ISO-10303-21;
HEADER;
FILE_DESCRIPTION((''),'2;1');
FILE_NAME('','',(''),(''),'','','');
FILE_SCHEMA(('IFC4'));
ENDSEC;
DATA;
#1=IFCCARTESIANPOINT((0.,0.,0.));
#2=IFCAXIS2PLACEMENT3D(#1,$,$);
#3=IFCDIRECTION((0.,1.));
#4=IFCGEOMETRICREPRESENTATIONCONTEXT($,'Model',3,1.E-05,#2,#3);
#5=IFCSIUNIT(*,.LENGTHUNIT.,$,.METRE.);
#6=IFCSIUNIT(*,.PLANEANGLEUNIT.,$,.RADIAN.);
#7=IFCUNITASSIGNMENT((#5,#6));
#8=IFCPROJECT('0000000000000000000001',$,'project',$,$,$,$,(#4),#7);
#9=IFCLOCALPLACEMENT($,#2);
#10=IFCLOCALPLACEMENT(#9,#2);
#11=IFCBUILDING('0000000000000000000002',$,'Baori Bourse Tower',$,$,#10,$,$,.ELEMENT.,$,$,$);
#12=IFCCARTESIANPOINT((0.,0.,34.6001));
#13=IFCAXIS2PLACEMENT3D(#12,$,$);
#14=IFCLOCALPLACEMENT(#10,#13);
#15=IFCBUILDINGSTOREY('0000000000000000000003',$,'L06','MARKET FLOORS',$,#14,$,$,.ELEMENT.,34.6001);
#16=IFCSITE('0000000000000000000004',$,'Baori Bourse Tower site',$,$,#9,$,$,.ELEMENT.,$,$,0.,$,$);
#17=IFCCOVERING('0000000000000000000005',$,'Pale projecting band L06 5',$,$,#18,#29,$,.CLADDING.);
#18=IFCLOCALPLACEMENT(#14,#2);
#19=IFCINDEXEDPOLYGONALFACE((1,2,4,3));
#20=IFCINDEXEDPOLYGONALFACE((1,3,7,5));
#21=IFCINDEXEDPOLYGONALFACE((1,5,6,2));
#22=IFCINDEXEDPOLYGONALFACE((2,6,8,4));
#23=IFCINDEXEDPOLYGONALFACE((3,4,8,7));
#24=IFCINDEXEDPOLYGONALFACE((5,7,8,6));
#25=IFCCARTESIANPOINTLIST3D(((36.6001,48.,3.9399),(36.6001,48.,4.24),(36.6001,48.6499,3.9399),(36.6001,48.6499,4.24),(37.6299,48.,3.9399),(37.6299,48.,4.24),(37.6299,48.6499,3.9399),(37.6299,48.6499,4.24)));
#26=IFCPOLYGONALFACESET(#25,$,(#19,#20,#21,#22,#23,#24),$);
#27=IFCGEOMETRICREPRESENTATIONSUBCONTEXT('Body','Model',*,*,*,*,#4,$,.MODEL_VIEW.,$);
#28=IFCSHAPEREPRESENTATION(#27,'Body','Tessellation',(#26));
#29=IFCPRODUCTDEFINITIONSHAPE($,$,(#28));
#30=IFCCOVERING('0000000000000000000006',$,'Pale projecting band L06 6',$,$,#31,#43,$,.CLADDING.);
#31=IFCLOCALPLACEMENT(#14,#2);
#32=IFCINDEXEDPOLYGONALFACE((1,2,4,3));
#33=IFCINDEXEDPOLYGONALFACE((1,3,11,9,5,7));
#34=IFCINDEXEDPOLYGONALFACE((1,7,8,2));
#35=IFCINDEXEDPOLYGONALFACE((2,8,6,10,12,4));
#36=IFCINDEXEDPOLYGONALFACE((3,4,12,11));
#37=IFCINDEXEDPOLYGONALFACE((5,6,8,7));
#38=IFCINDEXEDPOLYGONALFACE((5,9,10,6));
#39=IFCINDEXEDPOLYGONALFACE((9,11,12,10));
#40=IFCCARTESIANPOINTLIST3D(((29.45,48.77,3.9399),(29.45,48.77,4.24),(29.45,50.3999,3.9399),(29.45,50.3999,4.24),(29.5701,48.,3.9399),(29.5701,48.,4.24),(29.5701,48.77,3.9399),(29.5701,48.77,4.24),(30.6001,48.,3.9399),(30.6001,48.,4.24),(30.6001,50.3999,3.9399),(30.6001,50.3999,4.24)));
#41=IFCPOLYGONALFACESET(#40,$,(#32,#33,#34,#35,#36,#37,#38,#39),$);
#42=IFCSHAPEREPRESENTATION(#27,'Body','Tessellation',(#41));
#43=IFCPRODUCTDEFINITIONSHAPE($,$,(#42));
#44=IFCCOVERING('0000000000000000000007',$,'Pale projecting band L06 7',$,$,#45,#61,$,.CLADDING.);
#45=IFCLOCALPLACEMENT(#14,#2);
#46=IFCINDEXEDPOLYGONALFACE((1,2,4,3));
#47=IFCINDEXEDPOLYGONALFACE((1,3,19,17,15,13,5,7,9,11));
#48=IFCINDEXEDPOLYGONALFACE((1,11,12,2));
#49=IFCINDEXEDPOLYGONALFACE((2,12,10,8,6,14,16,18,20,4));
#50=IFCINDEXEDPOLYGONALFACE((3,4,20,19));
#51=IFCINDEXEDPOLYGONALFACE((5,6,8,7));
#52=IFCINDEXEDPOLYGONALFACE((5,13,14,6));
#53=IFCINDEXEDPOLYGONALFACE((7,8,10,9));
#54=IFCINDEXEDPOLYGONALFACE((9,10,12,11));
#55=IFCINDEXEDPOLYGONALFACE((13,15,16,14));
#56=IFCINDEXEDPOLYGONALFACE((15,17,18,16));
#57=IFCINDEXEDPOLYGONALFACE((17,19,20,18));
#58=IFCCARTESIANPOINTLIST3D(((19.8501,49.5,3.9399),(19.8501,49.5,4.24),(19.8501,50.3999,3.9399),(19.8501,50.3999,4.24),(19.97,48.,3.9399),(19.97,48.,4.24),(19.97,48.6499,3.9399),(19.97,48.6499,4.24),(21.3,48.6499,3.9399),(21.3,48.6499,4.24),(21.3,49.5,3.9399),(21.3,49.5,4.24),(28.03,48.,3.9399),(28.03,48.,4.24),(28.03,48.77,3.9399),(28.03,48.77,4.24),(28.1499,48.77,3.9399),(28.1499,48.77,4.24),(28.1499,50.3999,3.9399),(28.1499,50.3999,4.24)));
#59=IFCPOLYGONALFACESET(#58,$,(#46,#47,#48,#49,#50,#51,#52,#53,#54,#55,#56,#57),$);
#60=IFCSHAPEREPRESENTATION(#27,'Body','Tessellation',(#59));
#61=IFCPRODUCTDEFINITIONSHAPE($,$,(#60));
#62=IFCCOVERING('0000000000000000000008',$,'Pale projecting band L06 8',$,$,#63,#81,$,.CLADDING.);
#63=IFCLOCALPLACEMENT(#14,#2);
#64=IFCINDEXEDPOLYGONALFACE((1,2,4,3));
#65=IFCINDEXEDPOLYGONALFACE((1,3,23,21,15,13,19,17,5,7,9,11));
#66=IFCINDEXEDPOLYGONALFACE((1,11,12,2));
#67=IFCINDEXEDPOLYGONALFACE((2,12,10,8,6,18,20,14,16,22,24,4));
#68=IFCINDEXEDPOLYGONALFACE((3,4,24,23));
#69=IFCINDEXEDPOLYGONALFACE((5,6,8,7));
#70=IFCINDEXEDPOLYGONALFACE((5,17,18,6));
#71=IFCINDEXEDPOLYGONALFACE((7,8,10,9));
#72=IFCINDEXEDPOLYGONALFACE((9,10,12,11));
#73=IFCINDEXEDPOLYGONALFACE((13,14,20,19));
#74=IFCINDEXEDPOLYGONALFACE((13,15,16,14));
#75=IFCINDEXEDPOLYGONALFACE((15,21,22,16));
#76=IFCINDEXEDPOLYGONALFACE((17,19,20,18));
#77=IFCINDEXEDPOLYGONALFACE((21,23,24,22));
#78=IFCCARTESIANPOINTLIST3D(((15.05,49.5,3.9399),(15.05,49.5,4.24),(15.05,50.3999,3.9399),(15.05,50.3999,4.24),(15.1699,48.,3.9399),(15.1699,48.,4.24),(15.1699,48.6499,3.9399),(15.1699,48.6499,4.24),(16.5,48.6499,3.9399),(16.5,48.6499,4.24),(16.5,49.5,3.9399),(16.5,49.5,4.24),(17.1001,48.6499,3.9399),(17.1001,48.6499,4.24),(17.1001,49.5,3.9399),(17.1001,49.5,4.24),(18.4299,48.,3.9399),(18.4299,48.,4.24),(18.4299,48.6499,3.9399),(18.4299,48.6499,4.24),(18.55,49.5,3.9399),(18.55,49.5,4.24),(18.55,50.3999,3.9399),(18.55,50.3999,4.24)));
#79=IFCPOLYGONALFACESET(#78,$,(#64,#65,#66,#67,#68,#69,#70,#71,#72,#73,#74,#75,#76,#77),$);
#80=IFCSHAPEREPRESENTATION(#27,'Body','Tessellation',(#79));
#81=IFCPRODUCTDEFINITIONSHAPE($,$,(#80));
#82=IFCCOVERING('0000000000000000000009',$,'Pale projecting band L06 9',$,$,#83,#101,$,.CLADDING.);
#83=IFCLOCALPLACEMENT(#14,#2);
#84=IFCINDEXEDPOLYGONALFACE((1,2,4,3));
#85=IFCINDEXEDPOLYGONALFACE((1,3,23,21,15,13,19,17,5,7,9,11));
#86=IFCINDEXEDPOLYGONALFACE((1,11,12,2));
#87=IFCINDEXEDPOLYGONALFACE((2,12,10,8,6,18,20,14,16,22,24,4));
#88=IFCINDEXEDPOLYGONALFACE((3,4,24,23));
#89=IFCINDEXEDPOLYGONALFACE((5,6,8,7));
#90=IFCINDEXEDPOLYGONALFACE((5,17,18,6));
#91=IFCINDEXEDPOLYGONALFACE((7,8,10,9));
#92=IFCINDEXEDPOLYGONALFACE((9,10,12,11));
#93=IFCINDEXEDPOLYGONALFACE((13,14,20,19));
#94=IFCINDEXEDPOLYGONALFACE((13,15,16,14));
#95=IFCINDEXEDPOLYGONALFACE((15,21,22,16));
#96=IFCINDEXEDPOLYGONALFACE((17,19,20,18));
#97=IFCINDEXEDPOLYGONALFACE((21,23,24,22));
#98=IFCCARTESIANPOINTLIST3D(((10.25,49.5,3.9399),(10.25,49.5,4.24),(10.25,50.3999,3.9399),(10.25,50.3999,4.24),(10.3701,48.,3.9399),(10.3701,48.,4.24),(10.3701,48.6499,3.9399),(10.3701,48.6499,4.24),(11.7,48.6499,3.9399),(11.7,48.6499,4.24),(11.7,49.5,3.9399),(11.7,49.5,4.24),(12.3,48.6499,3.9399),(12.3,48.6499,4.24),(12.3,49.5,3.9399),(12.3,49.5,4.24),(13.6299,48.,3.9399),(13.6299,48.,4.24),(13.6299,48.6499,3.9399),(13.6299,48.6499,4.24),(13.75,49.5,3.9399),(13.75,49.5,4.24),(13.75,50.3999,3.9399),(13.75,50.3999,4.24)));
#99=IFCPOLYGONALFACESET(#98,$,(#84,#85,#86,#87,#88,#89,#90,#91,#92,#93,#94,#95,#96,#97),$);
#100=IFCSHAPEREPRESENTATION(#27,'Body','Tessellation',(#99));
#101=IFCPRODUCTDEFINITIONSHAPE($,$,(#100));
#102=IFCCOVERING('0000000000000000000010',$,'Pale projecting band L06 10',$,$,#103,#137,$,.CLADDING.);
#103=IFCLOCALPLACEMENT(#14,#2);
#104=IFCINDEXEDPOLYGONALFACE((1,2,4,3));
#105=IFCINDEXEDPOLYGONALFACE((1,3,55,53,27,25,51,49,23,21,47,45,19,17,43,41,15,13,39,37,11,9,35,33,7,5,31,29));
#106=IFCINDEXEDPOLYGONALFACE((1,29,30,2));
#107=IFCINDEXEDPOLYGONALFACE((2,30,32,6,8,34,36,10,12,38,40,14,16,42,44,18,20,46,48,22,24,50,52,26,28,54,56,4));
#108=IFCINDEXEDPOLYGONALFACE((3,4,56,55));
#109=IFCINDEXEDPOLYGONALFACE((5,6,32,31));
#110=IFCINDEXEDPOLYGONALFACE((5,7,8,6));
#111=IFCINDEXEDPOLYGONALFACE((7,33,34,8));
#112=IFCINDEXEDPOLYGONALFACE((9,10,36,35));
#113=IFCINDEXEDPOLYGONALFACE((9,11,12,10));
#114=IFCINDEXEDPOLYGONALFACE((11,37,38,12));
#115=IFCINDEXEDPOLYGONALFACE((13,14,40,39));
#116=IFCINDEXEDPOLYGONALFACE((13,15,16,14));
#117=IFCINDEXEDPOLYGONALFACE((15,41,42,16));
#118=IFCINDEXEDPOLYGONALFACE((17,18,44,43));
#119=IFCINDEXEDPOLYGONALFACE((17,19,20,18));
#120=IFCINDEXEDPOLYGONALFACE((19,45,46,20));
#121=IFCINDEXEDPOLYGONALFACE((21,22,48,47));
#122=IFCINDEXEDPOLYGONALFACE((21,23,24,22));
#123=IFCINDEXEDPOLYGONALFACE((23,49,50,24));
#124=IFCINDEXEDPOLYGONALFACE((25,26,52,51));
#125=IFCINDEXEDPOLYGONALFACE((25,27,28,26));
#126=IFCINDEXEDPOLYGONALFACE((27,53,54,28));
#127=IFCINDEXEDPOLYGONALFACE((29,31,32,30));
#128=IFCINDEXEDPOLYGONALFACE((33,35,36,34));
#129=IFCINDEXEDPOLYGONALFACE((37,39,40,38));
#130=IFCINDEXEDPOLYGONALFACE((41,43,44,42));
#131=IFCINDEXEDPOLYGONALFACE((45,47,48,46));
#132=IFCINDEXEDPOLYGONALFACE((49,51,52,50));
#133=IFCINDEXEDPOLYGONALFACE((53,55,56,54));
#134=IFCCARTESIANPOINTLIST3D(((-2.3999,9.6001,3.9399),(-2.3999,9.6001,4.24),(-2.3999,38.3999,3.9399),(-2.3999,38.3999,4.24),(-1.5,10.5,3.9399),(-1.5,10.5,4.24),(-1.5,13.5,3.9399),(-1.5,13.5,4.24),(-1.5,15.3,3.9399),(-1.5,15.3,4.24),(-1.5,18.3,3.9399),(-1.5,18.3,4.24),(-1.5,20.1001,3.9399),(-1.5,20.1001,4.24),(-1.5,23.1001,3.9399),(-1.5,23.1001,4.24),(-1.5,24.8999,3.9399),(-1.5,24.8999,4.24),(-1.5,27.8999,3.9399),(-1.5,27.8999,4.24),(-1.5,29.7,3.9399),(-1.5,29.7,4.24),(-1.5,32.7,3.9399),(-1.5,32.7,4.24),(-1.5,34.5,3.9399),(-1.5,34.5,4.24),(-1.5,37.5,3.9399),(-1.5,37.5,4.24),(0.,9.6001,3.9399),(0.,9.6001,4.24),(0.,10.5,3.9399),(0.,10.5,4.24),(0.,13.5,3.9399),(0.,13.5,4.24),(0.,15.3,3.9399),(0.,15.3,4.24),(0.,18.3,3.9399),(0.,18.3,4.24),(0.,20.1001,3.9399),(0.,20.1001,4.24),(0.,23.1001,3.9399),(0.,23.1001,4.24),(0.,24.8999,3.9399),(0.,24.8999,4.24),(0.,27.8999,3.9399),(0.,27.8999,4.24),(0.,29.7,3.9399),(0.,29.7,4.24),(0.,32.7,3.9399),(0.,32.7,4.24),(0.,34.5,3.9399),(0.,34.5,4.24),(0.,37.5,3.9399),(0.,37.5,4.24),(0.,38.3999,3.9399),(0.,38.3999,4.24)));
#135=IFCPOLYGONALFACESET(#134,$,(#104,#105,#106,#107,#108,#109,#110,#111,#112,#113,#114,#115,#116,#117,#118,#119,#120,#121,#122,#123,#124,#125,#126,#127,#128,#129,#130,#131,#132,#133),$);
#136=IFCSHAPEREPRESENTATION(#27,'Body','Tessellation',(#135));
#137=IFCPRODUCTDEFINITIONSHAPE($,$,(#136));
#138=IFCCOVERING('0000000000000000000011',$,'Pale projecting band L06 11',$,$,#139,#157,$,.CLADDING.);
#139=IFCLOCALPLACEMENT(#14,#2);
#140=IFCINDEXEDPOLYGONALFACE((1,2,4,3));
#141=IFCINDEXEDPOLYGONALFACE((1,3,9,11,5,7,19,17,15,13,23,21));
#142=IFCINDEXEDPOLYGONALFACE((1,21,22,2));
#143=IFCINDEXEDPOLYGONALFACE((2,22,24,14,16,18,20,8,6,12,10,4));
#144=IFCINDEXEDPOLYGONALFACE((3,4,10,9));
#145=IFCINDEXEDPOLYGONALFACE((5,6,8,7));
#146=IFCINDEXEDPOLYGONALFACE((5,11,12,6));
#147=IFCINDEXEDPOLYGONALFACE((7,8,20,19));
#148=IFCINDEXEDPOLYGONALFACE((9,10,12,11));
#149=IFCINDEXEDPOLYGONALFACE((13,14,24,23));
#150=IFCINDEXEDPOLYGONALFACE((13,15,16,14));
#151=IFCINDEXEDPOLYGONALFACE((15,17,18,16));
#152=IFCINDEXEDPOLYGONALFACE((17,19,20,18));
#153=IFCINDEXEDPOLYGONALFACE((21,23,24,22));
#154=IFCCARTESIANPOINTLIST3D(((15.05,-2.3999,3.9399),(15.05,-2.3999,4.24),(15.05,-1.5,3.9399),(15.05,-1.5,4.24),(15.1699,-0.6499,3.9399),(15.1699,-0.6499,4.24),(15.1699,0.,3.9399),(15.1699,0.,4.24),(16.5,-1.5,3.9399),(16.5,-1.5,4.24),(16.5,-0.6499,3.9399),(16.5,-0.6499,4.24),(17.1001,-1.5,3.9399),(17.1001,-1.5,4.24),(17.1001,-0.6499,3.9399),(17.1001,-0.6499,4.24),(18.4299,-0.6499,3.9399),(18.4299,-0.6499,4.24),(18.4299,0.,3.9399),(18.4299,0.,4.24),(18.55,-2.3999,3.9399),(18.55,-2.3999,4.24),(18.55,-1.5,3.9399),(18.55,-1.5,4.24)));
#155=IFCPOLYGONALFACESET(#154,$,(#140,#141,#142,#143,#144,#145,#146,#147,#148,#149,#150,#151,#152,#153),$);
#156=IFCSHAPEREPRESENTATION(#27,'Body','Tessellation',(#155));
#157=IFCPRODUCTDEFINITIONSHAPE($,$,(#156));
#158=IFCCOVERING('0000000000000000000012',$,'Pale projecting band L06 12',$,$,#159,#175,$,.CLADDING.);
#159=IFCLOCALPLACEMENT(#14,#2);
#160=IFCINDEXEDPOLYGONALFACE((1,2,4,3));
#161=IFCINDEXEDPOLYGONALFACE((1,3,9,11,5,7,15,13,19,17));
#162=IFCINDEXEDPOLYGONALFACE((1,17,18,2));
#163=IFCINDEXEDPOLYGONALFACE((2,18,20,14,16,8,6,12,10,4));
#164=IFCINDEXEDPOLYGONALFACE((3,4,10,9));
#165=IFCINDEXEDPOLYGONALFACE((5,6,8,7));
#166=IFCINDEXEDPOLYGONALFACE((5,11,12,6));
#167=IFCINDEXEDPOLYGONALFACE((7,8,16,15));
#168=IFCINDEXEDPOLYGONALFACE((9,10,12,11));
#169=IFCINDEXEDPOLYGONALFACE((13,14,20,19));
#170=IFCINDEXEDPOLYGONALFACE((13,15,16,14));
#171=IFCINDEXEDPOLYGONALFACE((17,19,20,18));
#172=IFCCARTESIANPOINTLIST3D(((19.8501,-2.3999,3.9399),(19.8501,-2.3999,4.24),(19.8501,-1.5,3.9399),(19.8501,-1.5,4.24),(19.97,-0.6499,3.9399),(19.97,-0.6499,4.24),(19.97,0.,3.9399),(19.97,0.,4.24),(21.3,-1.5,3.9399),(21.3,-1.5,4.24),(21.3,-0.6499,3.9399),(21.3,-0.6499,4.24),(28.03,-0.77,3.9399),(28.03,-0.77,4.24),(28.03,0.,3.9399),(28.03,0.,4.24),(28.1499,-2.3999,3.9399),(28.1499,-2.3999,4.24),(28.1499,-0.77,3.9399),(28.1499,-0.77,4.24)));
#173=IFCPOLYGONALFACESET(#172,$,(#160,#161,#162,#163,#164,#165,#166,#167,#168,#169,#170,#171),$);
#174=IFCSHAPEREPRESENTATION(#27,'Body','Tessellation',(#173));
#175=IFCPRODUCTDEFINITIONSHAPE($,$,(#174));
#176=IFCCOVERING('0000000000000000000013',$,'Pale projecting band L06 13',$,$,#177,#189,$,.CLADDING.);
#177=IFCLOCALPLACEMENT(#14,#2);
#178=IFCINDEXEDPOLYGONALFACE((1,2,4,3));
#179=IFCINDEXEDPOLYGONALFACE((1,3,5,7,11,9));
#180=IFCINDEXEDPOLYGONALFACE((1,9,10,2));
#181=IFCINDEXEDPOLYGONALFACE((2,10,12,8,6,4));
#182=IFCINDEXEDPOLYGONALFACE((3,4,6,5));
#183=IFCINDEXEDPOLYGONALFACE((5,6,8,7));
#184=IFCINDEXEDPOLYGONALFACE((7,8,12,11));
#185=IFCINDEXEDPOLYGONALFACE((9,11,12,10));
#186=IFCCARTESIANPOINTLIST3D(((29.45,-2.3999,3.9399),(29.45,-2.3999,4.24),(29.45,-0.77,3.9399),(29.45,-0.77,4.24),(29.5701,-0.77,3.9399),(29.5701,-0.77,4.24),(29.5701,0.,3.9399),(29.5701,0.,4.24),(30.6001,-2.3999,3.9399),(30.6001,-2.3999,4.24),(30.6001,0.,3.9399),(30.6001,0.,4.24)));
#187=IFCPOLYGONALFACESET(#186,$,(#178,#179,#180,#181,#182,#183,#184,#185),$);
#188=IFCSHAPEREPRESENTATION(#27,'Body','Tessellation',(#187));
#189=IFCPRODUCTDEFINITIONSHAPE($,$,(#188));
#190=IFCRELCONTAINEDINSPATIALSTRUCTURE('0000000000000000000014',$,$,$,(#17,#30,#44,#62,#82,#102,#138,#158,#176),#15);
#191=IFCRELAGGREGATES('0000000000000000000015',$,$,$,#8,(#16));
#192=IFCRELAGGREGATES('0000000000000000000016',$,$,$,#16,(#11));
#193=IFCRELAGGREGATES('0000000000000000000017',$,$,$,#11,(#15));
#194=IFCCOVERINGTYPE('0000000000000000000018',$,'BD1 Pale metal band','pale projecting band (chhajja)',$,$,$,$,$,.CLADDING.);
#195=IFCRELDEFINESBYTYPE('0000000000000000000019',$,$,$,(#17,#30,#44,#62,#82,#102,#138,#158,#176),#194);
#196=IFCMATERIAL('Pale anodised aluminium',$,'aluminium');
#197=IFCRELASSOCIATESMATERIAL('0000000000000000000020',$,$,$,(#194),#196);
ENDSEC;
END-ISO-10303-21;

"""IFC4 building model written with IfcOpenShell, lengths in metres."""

from ifc_helpers import new_model, si_unit, direction, frame, origin, place, context, subcontext, project, spatial, polyline, outline, extrude, material, type_object, element, save


model = new_model("IFC4")

# Units and contexts
model_context = context("Model", 3, precision=1e-05, world=origin(), true_north=direction((0.0, 1.0)))
body_context = subcontext(model_context, "Body", "Model", "MODEL_VIEW")
ifc_project = project(units=[si_unit("LENGTHUNIT", "METRE"), si_unit("PLANEANGLEUNIT", "RADIAN")], contexts=[model_context])

# Site, building, storey
site_placement = place(None, origin())
site = spatial("IfcSite", under=ifc_project, at=site_placement, Name="Baori Bourse Tower site", CompositionType="ELEMENT", RefElevation=0.0)
building_placement = place(site_placement, origin())
building = spatial("IfcBuilding", under=site, at=building_placement, Name="Baori Bourse Tower", CompositionType="ELEMENT")
storey_placement = place(building_placement, frame((0.0, 0.0, 34.6001)))
storey = spatial("IfcBuildingStorey", under=building, at=storey_placement, Name="L06", Description="MARKET FLOORS", CompositionType="ELEMENT", Elevation=34.6001)

# Coverings
ifc_material_1 = material(Name="Pale anodised aluminium", Category="aluminium")
covering_type_1 = type_object("IfcCoveringType", Name="BD1 Pale metal band", Description="pale projecting band (chhajja)", PredefinedType="CLADDING", material=ifc_material_1)
covering_1_placement = place(storey_placement, frame((0.0, 0.0, 3.9399)))
element("IfcCovering", 1, at=covering_1_placement, inside=storey, type_object=covering_type_1, Name="Pale projecting band L06 5", PredefinedType="CLADDING", context=body_context, shape_type="SweptSolid", body=[
    extrude(outline(polyline([(36.6001, 48.0), (37.6299, 48.0), (37.6299, 48.6499), (36.6001, 48.6499), (36.6001, 48.0)])), origin(), (0.0, 0.0, 1.0), 0.3),
])
covering_2_placement = place(storey_placement, frame((0.0, 0.0, 3.9399)))
element("IfcCovering", 2, at=covering_2_placement, inside=storey, type_object=covering_type_1, Name="Pale projecting band L06 6", PredefinedType="CLADDING", context=body_context, shape_type="SweptSolid", body=[
    extrude(outline(polyline([(29.5701, 48.0), (30.6001, 48.0), (30.6001, 50.3999), (29.45, 50.3999), (29.45, 48.77), (29.5701, 48.77), (29.5701, 48.0)])), origin(), (0.0, 0.0, 1.0), 0.3),
])
covering_3_placement = place(storey_placement, frame((0.0, 0.0, 3.9399)))
element("IfcCovering", 3, at=covering_3_placement, inside=storey, type_object=covering_type_1, Name="Pale projecting band L06 7", PredefinedType="CLADDING", context=body_context, shape_type="SweptSolid", body=[
    extrude(outline(polyline([(19.97, 48.0), (28.03, 48.0), (28.03, 48.77), (28.1499, 48.77), (28.1499, 50.3999), (19.8501, 50.3999), (19.8501, 49.5), (21.3, 49.5), (21.3, 48.6499), (19.97, 48.6499), (19.97, 48.0)])), origin(), (0.0, 0.0, 1.0), 0.3),
])
covering_4_placement = place(storey_placement, frame((0.0, 0.0, 3.9399)))
element("IfcCovering", 4, at=covering_4_placement, inside=storey, type_object=covering_type_1, Name="Pale projecting band L06 8", PredefinedType="CLADDING", context=body_context, shape_type="SweptSolid", body=[
    extrude(outline(polyline([(15.1699, 48.0), (18.4299, 48.0), (18.4299, 48.6499), (17.1001, 48.6499), (17.1001, 49.5), (18.55, 49.5), (18.55, 50.3999), (15.05, 50.3999), (15.05, 49.5), (16.5, 49.5), (16.5, 48.6499), (15.1699, 48.6499), (15.1699, 48.0)])), origin(), (0.0, 0.0, 1.0), 0.3),
])
covering_5_placement = place(storey_placement, frame((0.0, 0.0, 3.9399)))
element("IfcCovering", 5, at=covering_5_placement, inside=storey, type_object=covering_type_1, Name="Pale projecting band L06 9", PredefinedType="CLADDING", context=body_context, shape_type="SweptSolid", body=[
    extrude(outline(polyline([(10.3701, 48.0), (13.6299, 48.0), (13.6299, 48.6499), (12.3, 48.6499), (12.3, 49.5), (13.75, 49.5), (13.75, 50.3999), (10.25, 50.3999), (10.25, 49.5), (11.7, 49.5), (11.7, 48.6499), (10.3701, 48.6499), (10.3701, 48.0)])), origin(), (0.0, 0.0, 1.0), 0.3),
])
covering_6_placement = place(storey_placement, frame((0.0, 0.0, 3.9399)))
element("IfcCovering", 6, at=covering_6_placement, inside=storey, type_object=covering_type_1, Name="Pale projecting band L06 10", PredefinedType="CLADDING", context=body_context, shape_type="SweptSolid", body=[
    extrude(outline(polyline([(0.0, 37.5), (0.0, 38.3999), (-2.3999, 38.3999), (-2.3999, 9.6001), (0.0, 9.6001), (0.0, 10.5), (-1.5, 10.5), (-1.5, 13.5), (0.0, 13.5), (0.0, 15.3), (-1.5, 15.3), (-1.5, 18.3), (0.0, 18.3), (0.0, 20.1001), (-1.5, 20.1001), (-1.5, 23.1001), (0.0, 23.1001), (0.0, 24.8999), (-1.5, 24.8999), (-1.5, 27.8999), (0.0, 27.8999), (0.0, 29.7), (-1.5, 29.7), (-1.5, 32.7), (0.0, 32.7), (0.0, 34.5), (-1.5, 34.5), (-1.5, 37.5), (0.0, 37.5)])), origin(), (0.0, 0.0, 1.0), 0.3),
])
covering_7_placement = place(storey_placement, frame((0.0, 0.0, 3.9399)))
element("IfcCovering", 7, at=covering_7_placement, inside=storey, type_object=covering_type_1, Name="Pale projecting band L06 11", PredefinedType="CLADDING", context=body_context, shape_type="SweptSolid", body=[
    extrude(outline(polyline([(18.4299, 0.0), (15.1699, 0.0), (15.1699, -0.6499), (16.5, -0.6499), (16.5, -1.5), (15.05, -1.5), (15.05, -2.3999), (18.55, -2.3999), (18.55, -1.5), (17.1001, -1.5), (17.1001, -0.6499), (18.4299, -0.6499), (18.4299, 0.0)])), origin(), (0.0, 0.0, 1.0), 0.3),
])
covering_8_placement = place(storey_placement, frame((0.0, 0.0, 3.9399)))
element("IfcCovering", 8, at=covering_8_placement, inside=storey, type_object=covering_type_1, Name="Pale projecting band L06 12", PredefinedType="CLADDING", context=body_context, shape_type="SweptSolid", body=[
    extrude(outline(polyline([(28.03, 0.0), (19.97, 0.0), (19.97, -0.6499), (21.3, -0.6499), (21.3, -1.5), (19.8501, -1.5), (19.8501, -2.3999), (28.1499, -2.3999), (28.1499, -0.77), (28.03, -0.77), (28.03, 0.0)])), origin(), (0.0, 0.0, 1.0), 0.3),
])
covering_9_placement = place(storey_placement, frame((0.0, 0.0, 3.9399)))
element("IfcCovering", 9, at=covering_9_placement, inside=storey, type_object=covering_type_1, Name="Pale projecting band L06 13", PredefinedType="CLADDING", context=body_context, shape_type="SweptSolid", body=[
    extrude(outline(polyline([(30.6001, 0.0), (29.5701, 0.0), (29.5701, -0.77), (29.45, -0.77), (29.45, -2.3999), (30.6001, -2.3999), (30.6001, 0.0)])), origin(), (0.0, 0.0, 1.0), 0.3),
])

save(model, "model.ifc")
